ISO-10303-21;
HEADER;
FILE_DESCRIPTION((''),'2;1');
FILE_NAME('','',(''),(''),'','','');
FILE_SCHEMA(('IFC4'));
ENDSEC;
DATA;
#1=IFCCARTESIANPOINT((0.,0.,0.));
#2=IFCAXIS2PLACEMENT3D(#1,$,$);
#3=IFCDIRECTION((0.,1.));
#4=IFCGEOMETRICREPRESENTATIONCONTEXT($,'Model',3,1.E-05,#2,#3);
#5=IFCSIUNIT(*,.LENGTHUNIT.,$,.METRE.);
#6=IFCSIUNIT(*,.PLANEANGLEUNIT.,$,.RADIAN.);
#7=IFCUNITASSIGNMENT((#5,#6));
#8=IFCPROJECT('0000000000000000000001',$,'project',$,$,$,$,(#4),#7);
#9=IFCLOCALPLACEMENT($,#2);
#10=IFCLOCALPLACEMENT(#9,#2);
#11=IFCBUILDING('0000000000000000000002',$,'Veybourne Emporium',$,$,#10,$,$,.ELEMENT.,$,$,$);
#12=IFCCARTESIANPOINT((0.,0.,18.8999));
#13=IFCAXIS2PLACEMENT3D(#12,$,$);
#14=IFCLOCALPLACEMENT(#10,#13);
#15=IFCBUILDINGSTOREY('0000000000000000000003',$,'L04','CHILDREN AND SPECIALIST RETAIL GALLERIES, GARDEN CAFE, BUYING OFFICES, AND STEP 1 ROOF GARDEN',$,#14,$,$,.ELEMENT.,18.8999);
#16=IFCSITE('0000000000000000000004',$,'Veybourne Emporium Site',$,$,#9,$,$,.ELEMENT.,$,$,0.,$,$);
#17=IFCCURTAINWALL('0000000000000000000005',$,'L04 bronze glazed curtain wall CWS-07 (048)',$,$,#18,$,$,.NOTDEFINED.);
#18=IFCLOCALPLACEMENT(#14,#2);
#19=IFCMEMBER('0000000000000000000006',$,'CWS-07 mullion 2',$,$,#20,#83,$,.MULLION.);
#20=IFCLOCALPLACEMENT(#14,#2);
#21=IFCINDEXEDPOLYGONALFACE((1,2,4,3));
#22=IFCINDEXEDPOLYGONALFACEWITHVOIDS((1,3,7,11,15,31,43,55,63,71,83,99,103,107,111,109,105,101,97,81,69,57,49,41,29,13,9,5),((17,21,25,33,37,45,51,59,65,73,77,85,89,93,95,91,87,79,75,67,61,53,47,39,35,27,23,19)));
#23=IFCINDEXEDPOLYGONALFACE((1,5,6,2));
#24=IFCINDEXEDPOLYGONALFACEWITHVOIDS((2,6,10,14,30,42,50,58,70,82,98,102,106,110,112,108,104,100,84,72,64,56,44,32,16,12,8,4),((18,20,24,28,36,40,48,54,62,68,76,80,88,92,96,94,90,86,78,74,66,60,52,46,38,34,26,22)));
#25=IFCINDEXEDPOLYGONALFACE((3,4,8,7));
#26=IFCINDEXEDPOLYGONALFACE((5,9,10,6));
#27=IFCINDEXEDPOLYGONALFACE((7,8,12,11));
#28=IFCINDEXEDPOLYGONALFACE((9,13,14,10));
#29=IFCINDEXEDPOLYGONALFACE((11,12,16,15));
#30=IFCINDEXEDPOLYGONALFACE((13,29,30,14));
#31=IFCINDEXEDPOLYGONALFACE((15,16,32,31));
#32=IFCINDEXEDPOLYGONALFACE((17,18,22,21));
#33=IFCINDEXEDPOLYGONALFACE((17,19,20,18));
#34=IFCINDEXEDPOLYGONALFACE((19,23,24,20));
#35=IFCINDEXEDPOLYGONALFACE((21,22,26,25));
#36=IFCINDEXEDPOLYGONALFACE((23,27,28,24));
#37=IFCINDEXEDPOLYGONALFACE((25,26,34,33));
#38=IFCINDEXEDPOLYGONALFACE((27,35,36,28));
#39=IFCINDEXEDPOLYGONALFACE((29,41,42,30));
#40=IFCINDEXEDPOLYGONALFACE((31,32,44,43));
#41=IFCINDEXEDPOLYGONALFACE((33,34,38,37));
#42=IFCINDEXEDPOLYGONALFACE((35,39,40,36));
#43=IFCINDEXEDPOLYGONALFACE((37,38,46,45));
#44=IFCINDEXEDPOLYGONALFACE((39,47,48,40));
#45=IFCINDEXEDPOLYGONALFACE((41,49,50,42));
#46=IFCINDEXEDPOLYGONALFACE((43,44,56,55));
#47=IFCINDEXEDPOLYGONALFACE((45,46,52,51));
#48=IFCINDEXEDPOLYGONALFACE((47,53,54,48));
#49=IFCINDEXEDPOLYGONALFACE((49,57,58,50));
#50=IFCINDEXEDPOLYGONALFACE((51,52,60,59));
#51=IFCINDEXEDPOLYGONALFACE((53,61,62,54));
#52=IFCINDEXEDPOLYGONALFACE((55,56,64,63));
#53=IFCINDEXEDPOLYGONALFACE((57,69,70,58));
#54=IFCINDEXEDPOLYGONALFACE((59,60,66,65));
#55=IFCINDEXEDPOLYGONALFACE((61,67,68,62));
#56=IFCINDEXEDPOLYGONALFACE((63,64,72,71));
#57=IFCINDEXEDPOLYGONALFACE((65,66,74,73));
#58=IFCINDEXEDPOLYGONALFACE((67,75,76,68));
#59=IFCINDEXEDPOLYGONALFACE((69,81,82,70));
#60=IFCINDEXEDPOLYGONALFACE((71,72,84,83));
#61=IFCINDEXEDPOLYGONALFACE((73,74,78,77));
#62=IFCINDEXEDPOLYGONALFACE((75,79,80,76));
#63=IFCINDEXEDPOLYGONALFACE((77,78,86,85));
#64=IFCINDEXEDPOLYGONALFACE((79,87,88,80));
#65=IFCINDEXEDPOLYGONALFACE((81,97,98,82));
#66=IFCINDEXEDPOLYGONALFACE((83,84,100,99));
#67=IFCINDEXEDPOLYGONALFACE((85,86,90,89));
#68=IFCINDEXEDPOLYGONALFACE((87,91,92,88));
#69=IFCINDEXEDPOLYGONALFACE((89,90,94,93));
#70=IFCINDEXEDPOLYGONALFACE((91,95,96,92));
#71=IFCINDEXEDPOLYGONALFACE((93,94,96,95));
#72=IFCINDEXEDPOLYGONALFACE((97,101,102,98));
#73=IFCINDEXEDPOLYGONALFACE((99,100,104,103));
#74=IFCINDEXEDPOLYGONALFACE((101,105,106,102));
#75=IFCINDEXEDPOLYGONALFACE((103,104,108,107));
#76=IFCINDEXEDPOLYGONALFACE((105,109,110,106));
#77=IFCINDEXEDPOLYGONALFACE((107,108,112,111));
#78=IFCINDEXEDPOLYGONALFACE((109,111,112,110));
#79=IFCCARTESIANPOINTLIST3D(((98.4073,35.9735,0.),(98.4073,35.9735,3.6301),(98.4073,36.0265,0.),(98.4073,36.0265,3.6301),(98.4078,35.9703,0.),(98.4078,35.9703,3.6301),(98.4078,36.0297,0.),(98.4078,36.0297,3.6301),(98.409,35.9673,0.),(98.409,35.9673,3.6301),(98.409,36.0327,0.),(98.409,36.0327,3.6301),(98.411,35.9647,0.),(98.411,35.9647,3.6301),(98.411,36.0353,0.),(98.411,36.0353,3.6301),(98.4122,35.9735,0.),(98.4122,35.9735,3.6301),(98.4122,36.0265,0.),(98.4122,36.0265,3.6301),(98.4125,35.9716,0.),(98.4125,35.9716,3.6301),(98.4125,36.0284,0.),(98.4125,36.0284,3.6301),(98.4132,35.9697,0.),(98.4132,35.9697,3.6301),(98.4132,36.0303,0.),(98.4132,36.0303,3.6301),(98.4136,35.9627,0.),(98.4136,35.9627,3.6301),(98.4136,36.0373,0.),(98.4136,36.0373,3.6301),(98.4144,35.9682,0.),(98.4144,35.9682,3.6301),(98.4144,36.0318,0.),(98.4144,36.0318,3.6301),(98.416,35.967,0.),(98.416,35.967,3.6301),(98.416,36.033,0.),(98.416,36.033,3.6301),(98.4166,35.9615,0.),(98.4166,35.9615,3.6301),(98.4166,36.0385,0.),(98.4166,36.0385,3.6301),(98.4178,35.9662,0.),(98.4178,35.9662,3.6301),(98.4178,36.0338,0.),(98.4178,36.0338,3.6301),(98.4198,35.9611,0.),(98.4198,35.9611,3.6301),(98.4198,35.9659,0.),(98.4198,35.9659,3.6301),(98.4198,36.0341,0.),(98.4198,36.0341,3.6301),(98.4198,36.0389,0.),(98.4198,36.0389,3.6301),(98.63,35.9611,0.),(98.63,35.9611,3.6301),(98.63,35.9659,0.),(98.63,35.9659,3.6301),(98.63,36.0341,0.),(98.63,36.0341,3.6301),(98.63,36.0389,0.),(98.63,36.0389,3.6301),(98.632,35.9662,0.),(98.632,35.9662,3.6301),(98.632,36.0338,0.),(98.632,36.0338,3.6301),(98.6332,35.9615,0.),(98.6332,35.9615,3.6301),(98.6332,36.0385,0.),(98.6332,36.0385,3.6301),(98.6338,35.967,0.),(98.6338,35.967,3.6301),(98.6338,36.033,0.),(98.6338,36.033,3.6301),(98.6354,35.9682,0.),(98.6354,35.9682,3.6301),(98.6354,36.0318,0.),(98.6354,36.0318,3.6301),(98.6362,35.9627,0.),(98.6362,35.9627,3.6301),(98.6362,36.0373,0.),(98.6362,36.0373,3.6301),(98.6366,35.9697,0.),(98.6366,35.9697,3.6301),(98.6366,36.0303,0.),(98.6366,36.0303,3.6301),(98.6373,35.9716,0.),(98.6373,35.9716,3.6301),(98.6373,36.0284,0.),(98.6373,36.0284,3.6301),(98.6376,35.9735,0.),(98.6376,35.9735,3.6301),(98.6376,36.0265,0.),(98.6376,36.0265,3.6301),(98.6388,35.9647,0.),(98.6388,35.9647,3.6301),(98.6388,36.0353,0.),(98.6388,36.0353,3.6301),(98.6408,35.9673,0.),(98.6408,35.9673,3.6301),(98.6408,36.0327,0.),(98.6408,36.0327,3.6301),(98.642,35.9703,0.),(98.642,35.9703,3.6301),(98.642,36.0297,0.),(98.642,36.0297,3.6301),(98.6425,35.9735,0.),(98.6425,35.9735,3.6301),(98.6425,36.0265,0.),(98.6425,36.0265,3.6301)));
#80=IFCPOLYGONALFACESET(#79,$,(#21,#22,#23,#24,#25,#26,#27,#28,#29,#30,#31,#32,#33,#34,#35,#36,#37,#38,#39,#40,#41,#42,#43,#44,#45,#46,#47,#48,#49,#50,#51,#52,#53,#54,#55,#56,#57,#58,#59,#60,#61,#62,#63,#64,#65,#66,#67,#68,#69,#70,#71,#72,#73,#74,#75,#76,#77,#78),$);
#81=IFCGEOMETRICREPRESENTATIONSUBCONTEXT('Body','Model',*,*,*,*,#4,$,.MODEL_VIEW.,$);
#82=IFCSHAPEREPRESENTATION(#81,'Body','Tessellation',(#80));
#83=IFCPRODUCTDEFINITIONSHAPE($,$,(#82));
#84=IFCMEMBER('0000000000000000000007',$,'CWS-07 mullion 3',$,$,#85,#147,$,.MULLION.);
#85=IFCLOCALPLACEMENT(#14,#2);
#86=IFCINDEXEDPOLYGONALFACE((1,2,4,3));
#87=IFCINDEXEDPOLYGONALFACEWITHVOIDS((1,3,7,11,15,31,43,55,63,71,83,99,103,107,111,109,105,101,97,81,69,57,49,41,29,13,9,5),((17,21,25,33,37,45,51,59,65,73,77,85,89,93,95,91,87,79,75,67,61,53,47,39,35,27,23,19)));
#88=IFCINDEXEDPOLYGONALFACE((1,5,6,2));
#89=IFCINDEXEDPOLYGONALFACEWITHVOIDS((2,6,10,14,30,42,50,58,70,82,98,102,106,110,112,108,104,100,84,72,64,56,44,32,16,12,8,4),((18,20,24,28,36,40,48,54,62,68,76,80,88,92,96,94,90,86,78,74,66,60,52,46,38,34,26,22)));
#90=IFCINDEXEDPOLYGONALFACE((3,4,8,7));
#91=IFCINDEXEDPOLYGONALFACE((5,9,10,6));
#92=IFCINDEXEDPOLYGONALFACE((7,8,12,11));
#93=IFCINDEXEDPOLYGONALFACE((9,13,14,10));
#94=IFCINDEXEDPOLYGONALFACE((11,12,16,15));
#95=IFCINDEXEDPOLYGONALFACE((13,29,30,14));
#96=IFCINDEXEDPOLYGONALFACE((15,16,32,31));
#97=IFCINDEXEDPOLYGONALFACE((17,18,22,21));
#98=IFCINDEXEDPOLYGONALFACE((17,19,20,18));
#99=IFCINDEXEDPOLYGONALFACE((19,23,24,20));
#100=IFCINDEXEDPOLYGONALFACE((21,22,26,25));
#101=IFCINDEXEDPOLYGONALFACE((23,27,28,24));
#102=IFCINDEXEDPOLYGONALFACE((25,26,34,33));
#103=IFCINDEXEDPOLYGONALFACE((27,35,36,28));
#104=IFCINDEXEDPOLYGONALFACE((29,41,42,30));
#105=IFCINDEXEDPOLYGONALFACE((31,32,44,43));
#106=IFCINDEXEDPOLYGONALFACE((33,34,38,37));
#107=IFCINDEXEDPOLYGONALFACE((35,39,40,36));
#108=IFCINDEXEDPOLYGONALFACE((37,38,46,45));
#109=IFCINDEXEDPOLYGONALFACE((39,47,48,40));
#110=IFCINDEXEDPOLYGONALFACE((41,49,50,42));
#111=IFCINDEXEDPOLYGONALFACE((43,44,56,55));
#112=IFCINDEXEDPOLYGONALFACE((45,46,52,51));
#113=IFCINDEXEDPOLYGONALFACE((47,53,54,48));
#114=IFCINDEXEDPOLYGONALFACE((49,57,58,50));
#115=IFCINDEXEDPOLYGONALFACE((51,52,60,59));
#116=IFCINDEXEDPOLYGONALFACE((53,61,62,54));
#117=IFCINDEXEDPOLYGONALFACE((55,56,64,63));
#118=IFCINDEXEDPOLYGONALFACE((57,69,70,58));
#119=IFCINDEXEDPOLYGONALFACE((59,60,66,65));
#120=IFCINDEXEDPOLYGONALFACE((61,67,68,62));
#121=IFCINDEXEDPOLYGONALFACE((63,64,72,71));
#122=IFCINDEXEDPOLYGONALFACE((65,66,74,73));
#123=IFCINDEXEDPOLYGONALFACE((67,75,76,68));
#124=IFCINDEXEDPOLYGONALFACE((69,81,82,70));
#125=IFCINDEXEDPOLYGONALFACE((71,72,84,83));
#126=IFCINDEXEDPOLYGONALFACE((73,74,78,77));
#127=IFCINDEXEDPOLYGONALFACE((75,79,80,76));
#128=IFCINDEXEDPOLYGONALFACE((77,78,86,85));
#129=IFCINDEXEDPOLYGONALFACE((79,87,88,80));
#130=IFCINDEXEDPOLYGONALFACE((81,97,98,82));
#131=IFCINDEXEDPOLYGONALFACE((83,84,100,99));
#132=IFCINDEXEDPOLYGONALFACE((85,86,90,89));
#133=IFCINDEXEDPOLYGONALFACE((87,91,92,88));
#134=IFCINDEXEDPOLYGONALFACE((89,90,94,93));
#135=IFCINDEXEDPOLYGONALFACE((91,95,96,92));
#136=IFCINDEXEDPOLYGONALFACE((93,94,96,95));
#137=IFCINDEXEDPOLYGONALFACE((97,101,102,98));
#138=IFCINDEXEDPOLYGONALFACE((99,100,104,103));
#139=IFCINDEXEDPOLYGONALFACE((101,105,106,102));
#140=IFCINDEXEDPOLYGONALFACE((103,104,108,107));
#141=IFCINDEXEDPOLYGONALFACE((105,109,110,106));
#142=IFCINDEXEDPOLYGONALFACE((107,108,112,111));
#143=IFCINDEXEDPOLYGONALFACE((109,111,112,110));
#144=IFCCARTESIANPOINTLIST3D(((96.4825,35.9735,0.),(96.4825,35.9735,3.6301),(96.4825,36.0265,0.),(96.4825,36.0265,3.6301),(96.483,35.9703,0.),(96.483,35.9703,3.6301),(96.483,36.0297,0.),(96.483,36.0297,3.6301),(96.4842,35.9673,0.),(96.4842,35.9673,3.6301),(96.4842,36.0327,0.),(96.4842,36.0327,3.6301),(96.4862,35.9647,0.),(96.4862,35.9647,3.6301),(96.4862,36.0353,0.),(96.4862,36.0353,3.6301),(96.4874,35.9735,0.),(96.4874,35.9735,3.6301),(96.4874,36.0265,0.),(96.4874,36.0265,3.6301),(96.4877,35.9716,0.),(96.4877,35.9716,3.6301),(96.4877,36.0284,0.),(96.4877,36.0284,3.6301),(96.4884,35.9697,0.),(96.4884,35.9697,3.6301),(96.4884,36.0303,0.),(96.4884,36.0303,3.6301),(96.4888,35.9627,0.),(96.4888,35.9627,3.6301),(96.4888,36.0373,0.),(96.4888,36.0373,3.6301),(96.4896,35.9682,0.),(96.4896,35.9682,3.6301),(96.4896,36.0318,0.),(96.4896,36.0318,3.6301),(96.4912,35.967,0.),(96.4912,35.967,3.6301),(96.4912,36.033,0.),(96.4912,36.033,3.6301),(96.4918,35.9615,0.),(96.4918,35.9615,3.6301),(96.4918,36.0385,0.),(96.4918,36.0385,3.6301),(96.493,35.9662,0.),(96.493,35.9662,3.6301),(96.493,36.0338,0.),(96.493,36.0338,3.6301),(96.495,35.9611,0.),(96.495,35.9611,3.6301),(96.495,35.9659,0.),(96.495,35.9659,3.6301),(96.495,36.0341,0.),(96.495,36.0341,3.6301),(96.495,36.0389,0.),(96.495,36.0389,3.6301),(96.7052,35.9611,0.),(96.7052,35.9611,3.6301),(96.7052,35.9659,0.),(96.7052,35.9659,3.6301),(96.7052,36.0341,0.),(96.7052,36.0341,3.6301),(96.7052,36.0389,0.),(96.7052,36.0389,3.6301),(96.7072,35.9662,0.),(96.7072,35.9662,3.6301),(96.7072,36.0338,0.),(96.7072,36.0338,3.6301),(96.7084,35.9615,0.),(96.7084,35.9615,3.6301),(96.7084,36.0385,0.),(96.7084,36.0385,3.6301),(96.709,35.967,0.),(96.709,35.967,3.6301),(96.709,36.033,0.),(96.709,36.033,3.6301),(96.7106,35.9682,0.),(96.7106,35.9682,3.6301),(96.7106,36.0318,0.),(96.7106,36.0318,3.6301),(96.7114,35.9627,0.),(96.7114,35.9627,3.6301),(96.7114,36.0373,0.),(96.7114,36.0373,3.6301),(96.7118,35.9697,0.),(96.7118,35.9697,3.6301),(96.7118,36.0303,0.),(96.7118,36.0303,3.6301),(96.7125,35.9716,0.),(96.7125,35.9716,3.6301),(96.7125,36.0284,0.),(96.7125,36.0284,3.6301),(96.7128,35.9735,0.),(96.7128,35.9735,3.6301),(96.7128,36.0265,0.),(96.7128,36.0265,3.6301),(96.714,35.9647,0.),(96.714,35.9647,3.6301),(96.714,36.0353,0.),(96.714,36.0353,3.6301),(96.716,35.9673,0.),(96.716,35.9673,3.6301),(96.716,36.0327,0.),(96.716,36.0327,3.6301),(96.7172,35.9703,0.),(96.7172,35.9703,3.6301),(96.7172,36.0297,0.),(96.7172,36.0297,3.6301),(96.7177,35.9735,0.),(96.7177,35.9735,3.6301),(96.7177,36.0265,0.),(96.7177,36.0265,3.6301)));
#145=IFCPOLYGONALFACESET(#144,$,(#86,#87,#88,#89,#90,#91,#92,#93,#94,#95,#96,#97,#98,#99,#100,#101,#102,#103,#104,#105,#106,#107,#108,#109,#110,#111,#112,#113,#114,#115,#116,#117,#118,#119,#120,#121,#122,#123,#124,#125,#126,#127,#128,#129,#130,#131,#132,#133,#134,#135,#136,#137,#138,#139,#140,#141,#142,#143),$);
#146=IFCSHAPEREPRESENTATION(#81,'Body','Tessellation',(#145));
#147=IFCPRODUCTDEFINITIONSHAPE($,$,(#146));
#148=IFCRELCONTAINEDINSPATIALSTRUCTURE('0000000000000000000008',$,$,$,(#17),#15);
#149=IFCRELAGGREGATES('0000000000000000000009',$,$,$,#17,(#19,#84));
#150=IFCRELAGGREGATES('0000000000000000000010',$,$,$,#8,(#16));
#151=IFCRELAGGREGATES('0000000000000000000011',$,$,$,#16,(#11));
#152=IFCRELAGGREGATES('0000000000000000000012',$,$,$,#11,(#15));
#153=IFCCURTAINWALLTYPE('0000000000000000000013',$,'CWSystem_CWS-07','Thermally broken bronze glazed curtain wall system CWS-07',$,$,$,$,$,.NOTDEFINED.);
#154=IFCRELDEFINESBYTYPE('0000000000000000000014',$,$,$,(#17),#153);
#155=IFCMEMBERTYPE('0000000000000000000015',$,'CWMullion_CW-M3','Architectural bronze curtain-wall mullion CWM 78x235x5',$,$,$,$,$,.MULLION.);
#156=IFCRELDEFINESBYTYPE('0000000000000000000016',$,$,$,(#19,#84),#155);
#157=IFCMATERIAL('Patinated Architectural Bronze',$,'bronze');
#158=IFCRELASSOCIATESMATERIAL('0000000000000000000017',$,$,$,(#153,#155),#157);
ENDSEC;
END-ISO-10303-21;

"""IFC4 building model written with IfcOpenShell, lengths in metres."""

from ifc_helpers import new_model, si_unit, direction, frame, origin, origin_2d, place, context, subcontext, project, spatial, hollow_rectangle, extrude, material, material_profile, profile_set, type_object, element, aggregate, save


model = new_model("IFC4")

# Units and contexts
model_context = context("Model", 3, precision=1e-05, world=origin(), true_north=direction((0.0, 1.0)))
body_context = subcontext(model_context, "Body", "Model", "MODEL_VIEW")
ifc_project = project(units=[si_unit("LENGTHUNIT", "METRE"), si_unit("PLANEANGLEUNIT", "RADIAN")], contexts=[model_context])

# Site, building, storey
site_placement = place(None, origin())
site = spatial("IfcSite", under=ifc_project, at=site_placement, Name="Veybourne Emporium Site", CompositionType="ELEMENT", RefElevation=0.0)
building_placement = place(site_placement, origin())
building = spatial("IfcBuilding", under=site, at=building_placement, Name="Veybourne Emporium", CompositionType="ELEMENT")
storey_placement = place(building_placement, frame((0.0, 0.0, 18.8999)))
storey = spatial("IfcBuildingStorey", under=building, at=storey_placement, Name="L04", Description="CHILDREN AND SPECIALIST RETAIL GALLERIES, GARDEN CAFE, BUYING OFFICES, AND STEP 1 ROOF GARDEN", CompositionType="ELEMENT", Elevation=18.8999)

# Curtain wall, members
ifc_material_1 = material(Name="Patinated Architectural Bronze", Category="bronze")
curtain_wall_type = type_object("IfcCurtainWallType", Name="CWSystem_CWS-07", Description="Thermally broken bronze glazed curtain wall system CWS-07", PredefinedType="NOTDEFINED", material=ifc_material_1)
curtain_wall_placement = place(storey_placement, origin())
curtain_wall = element("IfcCurtainWall", 1, at=curtain_wall_placement, inside=storey, type_object=curtain_wall_type, Name="L04 bronze glazed curtain wall CWS-07 (048)", PredefinedType="NOTDEFINED")
ifc_material_profile_1 = material_profile(ifc_material_1, hollow_rectangle(XDim=0.0779, YDim=0.2351, WallThickness=0.0049, InnerFilletRadius=0.0076, OuterFilletRadius=0.0125, at=origin_2d()), Name="CWM 78x235x5")
ifc_profile_set_1 = profile_set([ifc_material_profile_1], Name="Patinated Architectural Bronze")
member_type_1 = type_object("IfcMemberType", Name="CWMullion_CW-M3", Description="Architectural bronze curtain-wall mullion CWM 78x235x5", PredefinedType="MULLION", material=ifc_profile_set_1)
member_1_placement = place(storey_placement, frame((98.5249, 36.0, 0.0), z_axis=(0.0, 0.0, 1.0), x_axis=(0.0, -1.0, 0.0)))
member_1 = element("IfcMember", 2, at=member_1_placement, type_object=member_type_1, Name="CWS-07 mullion 2", PredefinedType="MULLION", context=body_context, shape_type="SweptSolid", body=[
    extrude(hollow_rectangle(XDim=0.0779, YDim=0.2351, WallThickness=0.0049, InnerFilletRadius=0.0076, OuterFilletRadius=0.0125, at=origin_2d()), origin(), (0.0, 0.0, 1.0), 3.6301),
])
member_2_placement = place(storey_placement, frame((96.6001, 36.0, 0.0), z_axis=(0.0, 0.0, 1.0), x_axis=(0.0, -1.0, 0.0)))
member_2 = element("IfcMember", 3, at=member_2_placement, type_object=member_type_1, Name="CWS-07 mullion 3", PredefinedType="MULLION", context=body_context, shape_type="SweptSolid", body=[
    extrude(hollow_rectangle(XDim=0.0779, YDim=0.2351, WallThickness=0.0049, InnerFilletRadius=0.0076, OuterFilletRadius=0.0125, at=origin_2d()), origin(), (0.0, 0.0, 1.0), 3.6301),
])
aggregate(curtain_wall, [member_1, member_2])

save(model, "model.ifc")
